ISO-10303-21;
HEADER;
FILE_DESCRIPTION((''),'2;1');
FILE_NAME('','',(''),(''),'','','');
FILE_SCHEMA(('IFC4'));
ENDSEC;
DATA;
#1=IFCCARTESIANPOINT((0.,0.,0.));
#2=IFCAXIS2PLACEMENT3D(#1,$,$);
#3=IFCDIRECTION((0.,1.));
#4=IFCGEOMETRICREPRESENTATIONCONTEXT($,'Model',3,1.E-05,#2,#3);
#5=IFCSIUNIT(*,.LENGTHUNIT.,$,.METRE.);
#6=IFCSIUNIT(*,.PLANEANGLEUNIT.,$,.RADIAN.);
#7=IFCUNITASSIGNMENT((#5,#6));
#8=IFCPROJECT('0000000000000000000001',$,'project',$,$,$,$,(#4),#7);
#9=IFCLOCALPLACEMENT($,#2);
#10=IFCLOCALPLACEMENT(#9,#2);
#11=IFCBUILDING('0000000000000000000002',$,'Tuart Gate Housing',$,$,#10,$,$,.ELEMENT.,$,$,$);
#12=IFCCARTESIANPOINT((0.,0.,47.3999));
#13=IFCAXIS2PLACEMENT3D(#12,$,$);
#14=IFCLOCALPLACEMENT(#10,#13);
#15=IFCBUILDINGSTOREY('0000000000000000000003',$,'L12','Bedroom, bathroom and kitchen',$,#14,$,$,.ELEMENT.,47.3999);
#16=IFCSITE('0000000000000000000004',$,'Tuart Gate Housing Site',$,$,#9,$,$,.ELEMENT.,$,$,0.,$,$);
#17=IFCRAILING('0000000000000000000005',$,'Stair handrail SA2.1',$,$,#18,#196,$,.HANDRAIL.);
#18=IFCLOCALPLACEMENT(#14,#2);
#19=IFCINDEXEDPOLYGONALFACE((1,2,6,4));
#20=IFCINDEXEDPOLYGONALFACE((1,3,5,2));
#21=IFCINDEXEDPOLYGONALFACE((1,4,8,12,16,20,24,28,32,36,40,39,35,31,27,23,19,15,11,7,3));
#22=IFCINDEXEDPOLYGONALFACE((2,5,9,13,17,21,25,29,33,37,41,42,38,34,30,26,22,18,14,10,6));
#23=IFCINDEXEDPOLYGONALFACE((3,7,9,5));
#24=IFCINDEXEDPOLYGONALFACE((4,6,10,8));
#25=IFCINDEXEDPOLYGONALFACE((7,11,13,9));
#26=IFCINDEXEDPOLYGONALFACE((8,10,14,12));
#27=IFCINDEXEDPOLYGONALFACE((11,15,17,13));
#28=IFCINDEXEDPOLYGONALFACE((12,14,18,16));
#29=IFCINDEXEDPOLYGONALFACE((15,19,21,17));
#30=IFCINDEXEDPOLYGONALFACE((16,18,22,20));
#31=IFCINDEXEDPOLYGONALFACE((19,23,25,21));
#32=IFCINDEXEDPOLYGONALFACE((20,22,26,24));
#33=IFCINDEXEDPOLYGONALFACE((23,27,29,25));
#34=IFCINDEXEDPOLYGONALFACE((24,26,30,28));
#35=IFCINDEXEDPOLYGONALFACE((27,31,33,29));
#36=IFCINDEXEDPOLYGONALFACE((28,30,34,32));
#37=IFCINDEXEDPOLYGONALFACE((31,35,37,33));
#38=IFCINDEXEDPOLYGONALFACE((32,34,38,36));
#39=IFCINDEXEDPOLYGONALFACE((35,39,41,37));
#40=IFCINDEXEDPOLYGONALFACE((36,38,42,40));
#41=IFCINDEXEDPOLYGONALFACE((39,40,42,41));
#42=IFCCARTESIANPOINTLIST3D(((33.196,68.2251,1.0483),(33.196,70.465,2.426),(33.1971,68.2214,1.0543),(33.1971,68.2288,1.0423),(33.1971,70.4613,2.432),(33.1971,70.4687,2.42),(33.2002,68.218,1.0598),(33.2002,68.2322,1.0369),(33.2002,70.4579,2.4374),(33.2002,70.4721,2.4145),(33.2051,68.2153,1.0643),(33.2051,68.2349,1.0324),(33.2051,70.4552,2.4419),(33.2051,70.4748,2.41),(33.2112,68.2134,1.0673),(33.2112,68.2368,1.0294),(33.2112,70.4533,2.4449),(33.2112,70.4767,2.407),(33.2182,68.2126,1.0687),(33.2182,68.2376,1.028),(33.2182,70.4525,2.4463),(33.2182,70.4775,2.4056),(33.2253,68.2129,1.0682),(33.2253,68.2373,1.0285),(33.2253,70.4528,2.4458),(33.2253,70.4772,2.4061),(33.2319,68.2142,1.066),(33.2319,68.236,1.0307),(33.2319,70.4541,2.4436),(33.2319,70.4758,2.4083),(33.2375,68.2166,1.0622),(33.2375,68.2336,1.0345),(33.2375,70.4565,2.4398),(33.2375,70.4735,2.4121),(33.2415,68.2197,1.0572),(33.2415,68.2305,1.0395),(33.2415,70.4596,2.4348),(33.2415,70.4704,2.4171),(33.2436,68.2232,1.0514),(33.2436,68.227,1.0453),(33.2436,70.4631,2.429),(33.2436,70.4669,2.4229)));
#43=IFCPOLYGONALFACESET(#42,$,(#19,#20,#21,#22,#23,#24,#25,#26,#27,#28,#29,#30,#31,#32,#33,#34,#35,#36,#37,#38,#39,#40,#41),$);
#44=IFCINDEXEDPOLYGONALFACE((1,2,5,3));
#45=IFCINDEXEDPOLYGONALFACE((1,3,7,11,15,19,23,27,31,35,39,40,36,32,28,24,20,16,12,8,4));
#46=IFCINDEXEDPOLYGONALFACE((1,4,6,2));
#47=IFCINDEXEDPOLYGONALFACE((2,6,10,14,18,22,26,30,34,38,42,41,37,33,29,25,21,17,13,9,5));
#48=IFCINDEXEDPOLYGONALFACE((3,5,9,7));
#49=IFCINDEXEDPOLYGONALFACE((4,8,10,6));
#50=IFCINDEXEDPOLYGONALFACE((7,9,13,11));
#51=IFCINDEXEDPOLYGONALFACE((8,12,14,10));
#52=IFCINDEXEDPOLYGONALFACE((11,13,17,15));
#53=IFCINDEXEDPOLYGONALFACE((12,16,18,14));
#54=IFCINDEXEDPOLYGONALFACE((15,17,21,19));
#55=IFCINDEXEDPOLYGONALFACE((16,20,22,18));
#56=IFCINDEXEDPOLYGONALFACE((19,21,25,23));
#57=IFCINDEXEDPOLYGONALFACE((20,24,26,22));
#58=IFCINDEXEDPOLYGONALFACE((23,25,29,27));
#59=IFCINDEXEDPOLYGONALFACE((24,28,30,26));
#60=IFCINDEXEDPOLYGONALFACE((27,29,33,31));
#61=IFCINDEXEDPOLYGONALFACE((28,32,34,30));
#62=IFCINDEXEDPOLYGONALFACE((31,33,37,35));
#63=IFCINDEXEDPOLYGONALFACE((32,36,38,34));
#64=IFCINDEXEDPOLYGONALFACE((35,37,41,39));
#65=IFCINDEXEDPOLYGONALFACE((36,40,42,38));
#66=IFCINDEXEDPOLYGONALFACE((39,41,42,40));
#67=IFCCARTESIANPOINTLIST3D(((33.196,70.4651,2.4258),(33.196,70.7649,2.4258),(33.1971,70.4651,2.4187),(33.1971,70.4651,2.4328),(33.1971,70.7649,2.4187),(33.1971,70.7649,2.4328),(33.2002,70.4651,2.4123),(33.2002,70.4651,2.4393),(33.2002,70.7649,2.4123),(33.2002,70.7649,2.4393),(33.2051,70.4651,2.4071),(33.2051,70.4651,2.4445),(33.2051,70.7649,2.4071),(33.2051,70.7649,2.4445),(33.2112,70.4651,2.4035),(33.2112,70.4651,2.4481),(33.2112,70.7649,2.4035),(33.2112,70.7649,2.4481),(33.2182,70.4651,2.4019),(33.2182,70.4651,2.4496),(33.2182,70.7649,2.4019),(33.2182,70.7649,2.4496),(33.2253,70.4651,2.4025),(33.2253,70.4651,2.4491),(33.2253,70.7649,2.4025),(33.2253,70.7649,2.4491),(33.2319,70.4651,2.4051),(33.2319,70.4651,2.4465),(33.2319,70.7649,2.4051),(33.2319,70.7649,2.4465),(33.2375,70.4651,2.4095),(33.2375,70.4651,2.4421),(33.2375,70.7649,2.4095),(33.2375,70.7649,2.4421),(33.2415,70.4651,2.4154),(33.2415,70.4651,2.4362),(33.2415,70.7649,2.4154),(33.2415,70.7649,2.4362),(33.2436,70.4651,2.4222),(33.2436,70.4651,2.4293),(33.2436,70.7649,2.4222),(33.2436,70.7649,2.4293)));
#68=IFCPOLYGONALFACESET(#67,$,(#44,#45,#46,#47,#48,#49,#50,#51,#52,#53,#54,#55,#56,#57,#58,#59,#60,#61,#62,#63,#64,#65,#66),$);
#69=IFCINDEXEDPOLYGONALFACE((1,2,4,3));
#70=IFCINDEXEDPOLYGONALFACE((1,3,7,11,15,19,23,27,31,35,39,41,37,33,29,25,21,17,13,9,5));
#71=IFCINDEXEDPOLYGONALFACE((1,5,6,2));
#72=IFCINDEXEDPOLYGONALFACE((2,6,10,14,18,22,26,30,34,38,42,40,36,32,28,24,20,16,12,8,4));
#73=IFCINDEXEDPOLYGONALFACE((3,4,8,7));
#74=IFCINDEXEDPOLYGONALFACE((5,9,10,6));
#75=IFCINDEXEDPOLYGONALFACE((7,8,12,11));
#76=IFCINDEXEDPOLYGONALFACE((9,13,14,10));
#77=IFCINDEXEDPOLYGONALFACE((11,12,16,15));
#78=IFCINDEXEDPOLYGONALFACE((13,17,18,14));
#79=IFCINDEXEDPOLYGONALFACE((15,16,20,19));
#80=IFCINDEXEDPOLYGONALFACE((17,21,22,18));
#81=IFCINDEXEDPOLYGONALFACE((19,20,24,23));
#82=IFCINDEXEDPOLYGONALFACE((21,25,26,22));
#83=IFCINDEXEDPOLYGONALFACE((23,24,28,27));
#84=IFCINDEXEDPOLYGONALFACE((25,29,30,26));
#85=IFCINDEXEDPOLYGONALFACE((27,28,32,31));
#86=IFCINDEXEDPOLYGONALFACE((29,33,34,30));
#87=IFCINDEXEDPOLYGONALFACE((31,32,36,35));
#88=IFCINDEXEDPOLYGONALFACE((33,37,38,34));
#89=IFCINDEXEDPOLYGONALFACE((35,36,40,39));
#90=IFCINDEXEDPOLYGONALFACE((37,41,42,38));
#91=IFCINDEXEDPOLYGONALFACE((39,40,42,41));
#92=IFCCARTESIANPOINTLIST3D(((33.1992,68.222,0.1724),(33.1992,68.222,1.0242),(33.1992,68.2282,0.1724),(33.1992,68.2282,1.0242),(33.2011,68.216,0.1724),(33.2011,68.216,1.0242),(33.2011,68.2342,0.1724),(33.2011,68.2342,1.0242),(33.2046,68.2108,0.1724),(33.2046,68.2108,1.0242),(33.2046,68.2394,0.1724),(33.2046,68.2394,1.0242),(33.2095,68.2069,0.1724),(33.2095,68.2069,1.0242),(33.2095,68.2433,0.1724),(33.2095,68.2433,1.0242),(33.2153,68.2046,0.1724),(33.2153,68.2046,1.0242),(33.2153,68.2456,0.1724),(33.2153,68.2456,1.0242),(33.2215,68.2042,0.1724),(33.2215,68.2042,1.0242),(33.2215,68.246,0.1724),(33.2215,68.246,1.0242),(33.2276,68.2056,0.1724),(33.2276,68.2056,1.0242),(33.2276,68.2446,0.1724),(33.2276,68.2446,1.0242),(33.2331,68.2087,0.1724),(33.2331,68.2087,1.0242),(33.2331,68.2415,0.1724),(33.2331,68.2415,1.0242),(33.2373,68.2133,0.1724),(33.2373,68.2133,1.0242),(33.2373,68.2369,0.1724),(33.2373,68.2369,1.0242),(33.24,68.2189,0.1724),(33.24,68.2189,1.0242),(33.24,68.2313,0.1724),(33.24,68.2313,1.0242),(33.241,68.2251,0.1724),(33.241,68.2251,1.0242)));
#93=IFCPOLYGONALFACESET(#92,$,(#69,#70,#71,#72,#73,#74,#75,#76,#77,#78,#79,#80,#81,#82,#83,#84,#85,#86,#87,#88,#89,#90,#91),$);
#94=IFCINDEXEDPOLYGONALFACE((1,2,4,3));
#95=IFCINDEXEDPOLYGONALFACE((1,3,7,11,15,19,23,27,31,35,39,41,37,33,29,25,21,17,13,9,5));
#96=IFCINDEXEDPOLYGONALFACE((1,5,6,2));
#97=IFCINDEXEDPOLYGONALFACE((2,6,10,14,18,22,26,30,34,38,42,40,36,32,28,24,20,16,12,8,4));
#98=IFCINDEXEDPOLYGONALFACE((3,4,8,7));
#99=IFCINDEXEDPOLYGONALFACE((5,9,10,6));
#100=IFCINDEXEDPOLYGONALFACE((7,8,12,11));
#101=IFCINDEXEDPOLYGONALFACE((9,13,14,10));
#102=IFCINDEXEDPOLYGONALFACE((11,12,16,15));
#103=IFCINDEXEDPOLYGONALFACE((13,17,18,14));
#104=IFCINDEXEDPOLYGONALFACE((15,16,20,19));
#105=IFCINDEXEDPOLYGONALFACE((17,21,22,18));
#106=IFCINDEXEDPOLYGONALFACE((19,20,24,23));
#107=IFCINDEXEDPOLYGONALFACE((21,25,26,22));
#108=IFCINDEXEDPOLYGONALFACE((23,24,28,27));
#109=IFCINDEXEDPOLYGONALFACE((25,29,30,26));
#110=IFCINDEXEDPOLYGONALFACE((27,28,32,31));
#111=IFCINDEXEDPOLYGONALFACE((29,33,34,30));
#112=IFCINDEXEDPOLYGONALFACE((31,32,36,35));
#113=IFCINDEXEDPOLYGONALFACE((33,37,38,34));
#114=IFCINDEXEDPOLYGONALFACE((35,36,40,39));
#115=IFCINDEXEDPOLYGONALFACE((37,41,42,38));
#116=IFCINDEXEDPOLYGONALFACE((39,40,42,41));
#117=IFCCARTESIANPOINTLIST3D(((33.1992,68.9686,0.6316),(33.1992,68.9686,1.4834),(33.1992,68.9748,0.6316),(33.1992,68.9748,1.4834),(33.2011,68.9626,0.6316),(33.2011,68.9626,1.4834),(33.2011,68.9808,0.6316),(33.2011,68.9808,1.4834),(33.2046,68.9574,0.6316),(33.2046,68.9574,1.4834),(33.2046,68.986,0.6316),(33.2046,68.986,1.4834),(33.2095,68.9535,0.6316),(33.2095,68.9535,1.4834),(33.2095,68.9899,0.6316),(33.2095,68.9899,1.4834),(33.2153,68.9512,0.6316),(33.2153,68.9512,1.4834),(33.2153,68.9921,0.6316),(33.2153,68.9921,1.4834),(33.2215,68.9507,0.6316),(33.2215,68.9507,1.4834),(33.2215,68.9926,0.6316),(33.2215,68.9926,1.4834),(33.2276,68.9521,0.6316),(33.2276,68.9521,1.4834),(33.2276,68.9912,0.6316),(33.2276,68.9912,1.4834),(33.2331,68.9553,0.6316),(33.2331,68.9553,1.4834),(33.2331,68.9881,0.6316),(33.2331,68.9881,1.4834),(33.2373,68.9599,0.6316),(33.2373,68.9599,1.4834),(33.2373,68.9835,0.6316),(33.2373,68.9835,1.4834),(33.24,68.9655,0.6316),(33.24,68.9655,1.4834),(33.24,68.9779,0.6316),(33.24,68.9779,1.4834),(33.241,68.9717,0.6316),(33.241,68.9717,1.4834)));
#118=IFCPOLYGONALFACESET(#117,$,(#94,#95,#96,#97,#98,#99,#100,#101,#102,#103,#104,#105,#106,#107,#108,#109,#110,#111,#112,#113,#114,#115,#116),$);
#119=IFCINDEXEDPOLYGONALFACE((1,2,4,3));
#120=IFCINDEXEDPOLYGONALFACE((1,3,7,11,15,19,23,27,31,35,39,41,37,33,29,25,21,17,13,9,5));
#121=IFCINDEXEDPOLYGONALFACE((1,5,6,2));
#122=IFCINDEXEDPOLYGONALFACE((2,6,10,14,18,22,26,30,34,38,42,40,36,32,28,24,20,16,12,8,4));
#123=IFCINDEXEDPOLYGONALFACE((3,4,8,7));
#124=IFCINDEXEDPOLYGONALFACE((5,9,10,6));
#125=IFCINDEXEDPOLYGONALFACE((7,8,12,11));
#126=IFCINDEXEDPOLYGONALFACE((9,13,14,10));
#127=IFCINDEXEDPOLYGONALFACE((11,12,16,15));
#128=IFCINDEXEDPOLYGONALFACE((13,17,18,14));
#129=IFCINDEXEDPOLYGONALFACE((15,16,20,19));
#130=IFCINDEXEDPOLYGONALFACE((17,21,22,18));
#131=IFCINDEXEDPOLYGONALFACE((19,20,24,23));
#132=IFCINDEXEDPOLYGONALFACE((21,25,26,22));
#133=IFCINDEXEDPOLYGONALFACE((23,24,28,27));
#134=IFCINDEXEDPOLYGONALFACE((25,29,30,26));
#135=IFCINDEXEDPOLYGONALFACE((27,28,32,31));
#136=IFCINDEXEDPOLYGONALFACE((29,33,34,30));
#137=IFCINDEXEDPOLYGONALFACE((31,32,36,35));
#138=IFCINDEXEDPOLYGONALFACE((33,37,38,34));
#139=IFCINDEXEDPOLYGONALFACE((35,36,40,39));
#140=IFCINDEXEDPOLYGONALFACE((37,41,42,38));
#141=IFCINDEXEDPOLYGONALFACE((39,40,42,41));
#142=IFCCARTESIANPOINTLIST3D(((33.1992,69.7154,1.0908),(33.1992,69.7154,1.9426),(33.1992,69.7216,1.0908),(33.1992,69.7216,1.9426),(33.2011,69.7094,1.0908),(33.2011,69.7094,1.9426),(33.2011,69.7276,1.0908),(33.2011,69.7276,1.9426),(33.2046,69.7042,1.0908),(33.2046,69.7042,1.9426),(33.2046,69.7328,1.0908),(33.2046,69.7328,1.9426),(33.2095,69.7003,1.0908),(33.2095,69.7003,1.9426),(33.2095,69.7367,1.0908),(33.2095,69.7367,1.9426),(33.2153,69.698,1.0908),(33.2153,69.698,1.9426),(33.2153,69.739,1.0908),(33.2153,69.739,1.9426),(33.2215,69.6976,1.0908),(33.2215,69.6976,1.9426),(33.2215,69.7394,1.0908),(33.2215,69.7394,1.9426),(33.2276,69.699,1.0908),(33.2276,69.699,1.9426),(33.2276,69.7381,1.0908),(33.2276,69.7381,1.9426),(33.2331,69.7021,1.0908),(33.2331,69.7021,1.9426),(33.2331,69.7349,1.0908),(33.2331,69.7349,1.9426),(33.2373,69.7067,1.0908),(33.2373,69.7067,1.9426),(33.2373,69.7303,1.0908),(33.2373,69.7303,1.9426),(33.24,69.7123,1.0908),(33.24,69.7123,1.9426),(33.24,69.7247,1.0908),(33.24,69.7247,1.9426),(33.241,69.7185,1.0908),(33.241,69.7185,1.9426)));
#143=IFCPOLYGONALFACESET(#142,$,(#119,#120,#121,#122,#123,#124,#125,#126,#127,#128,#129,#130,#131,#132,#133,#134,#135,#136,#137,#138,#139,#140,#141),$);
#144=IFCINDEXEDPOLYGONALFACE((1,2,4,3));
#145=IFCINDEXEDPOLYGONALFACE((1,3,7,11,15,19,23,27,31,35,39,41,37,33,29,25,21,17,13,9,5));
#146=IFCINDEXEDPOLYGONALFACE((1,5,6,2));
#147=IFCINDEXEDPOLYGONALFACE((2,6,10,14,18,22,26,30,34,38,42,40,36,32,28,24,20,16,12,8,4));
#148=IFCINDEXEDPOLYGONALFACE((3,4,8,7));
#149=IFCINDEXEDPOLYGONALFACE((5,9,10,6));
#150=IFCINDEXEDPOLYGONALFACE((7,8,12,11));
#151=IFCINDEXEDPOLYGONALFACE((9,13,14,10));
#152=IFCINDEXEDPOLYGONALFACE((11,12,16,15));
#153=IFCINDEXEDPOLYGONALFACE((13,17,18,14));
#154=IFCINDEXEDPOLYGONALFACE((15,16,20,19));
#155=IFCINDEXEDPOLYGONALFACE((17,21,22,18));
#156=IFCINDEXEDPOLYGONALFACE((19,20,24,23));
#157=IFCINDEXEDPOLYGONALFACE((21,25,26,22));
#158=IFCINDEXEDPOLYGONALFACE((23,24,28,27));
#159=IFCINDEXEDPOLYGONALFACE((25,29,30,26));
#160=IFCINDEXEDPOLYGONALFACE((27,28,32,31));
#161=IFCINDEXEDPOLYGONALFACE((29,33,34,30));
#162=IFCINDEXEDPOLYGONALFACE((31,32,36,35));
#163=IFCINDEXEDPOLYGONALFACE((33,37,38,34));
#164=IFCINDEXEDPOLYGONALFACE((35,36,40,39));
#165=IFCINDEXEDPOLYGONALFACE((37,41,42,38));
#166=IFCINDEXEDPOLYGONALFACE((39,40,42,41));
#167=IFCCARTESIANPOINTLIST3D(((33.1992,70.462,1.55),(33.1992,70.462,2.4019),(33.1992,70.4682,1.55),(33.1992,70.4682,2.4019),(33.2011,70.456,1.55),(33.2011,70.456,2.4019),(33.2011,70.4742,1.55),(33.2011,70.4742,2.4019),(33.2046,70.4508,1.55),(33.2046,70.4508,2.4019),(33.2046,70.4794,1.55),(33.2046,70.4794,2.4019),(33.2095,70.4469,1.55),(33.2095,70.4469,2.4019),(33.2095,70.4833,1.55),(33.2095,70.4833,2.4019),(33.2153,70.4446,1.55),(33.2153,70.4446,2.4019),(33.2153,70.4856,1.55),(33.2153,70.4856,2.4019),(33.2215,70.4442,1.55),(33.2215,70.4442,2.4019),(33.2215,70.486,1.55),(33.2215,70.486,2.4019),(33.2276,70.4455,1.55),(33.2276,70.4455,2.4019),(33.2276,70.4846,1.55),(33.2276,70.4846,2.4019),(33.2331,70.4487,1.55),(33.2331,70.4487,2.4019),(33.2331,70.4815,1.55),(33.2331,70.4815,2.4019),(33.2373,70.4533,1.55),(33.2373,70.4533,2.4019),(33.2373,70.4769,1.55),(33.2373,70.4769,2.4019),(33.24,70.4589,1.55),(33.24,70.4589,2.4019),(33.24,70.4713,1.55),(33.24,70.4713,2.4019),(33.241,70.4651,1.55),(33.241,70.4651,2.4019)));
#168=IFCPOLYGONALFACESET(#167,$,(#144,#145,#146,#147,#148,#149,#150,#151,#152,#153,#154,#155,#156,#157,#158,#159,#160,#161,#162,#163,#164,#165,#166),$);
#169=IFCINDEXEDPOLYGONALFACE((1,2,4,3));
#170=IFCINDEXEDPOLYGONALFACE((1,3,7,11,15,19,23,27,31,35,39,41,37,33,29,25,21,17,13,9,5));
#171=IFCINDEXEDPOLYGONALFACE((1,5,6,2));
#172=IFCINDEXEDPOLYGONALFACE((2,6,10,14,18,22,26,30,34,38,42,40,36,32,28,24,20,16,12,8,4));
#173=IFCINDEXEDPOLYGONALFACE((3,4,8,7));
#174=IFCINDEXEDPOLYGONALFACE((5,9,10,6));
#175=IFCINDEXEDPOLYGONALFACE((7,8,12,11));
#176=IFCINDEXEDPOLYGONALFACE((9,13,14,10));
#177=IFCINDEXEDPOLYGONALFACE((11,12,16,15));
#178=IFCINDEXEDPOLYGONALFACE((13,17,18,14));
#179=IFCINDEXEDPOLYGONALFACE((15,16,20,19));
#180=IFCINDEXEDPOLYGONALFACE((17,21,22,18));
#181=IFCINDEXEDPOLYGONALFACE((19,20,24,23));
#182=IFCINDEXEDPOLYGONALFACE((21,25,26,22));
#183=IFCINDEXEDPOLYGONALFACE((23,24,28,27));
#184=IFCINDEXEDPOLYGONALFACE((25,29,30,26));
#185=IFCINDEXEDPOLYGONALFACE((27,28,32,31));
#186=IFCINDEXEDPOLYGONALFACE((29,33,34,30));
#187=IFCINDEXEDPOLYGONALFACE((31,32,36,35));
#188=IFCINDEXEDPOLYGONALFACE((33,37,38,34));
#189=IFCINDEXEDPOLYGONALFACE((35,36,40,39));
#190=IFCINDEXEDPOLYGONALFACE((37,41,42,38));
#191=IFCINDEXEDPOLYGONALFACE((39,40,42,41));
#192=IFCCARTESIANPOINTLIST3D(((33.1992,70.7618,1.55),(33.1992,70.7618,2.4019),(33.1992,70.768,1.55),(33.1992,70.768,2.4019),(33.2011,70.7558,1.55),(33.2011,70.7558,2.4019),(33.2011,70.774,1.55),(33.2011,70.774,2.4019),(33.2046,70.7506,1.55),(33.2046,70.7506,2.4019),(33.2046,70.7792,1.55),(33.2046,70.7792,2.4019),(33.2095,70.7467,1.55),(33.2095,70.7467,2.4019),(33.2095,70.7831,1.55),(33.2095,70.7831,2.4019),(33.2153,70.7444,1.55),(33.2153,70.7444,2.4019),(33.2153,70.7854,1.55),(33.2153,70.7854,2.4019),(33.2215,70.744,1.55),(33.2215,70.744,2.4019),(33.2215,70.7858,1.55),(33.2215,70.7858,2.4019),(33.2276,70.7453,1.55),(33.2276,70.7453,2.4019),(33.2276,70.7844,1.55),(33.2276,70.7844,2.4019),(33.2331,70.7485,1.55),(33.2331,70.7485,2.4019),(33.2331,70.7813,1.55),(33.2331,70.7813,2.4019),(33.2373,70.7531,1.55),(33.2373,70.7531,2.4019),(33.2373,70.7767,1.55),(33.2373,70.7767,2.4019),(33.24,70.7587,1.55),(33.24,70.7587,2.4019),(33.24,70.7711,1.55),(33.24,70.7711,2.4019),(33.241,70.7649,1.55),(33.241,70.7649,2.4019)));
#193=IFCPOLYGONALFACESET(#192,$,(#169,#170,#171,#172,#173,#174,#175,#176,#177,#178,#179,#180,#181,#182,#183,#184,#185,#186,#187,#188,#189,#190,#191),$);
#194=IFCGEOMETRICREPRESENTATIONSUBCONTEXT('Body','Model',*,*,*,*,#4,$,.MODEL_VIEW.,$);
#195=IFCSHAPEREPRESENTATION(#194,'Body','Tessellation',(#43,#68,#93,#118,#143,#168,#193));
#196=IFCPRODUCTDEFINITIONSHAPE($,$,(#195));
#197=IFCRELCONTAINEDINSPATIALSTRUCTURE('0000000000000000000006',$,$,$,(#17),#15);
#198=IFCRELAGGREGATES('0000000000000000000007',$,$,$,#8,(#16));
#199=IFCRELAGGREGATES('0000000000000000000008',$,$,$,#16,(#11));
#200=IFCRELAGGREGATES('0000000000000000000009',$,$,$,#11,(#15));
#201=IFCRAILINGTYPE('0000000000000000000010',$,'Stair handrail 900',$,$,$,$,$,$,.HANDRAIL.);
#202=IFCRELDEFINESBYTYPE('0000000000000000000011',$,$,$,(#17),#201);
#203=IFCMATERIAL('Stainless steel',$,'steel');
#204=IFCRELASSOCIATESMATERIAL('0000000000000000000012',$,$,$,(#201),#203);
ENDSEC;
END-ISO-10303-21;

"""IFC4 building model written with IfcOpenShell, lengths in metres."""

from ifc_helpers import new_model, si_unit, direction, frame, origin, origin_2d, place, context, subcontext, project, spatial, circle, extrude, material, type_object, element, save


model = new_model("IFC4")

# Units and contexts
model_context = context("Model", 3, precision=1e-05, world=origin(), true_north=direction((0.0, 1.0)))
body_context = subcontext(model_context, "Body", "Model", "MODEL_VIEW")
ifc_project = project(units=[si_unit("LENGTHUNIT", "METRE"), si_unit("PLANEANGLEUNIT", "RADIAN")], contexts=[model_context])

# Site, building, storey
site_placement = place(None, origin())
site = spatial("IfcSite", under=ifc_project, at=site_placement, Name="Tuart Gate Housing Site", CompositionType="ELEMENT", RefElevation=0.0)
building_placement = place(site_placement, origin())
building = spatial("IfcBuilding", under=site, at=building_placement, Name="Tuart Gate Housing", CompositionType="ELEMENT")
storey_placement = place(building_placement, frame((0.0, 0.0, 47.3999)))
storey = spatial("IfcBuildingStorey", under=building, at=storey_placement, Name="L12", Description="Bedroom, bathroom and kitchen", CompositionType="ELEMENT", Elevation=47.3999)

# Railing
ifc_material_1 = material(Name="Stainless steel", Category="steel")
railing_type = type_object("IfcRailingType", Name="Stair handrail 900", PredefinedType="HANDRAIL", material=ifc_material_1)
railing_placement = place(storey_placement, frame((33.22, 68.2251, 0.1724)))
element("IfcRailing", 1, at=railing_placement, inside=storey, type_object=railing_type, Name="Stair handrail SA2.1", PredefinedType="HANDRAIL", context=body_context, shape_type="SweptSolid", body=[
    extrude(circle(Radius=0.0239, at=origin_2d()), frame((0.0, 0.0, 0.876), z_axis=(0.0, 0.851789, 0.523885), x_axis=(-1.0, 0.0, 0.0)), (0.0, 0.0, 1.0), 2.6296),
    extrude(circle(Radius=0.0239, at=origin_2d()), frame((0.0, 2.24, 2.2534), z_axis=(0.0, 1.0, 0.0), x_axis=(-1.0, 0.0, 0.0)), (0.0, 0.0, 1.0), 0.2998),
    extrude(circle(Radius=0.021, at=origin_2d()), origin(), (0.0, 0.0, 1.0), 0.8518),
    extrude(circle(Radius=0.021, at=origin_2d()), frame((0.0, 0.7466, 0.4592)), (0.0, 0.0, 1.0), 0.8518),
    extrude(circle(Radius=0.021, at=origin_2d()), frame((0.0, 1.4934, 0.9185)), (0.0, 0.0, 1.0), 0.8518),
    extrude(circle(Radius=0.021, at=origin_2d()), frame((0.0, 2.24, 1.3777)), (0.0, 0.0, 1.0), 0.8518),
    extrude(circle(Radius=0.021, at=origin_2d()), frame((0.0, 2.5398, 1.3777)), (0.0, 0.0, 1.0), 0.8518),
])

save(model, "model.ifc")
